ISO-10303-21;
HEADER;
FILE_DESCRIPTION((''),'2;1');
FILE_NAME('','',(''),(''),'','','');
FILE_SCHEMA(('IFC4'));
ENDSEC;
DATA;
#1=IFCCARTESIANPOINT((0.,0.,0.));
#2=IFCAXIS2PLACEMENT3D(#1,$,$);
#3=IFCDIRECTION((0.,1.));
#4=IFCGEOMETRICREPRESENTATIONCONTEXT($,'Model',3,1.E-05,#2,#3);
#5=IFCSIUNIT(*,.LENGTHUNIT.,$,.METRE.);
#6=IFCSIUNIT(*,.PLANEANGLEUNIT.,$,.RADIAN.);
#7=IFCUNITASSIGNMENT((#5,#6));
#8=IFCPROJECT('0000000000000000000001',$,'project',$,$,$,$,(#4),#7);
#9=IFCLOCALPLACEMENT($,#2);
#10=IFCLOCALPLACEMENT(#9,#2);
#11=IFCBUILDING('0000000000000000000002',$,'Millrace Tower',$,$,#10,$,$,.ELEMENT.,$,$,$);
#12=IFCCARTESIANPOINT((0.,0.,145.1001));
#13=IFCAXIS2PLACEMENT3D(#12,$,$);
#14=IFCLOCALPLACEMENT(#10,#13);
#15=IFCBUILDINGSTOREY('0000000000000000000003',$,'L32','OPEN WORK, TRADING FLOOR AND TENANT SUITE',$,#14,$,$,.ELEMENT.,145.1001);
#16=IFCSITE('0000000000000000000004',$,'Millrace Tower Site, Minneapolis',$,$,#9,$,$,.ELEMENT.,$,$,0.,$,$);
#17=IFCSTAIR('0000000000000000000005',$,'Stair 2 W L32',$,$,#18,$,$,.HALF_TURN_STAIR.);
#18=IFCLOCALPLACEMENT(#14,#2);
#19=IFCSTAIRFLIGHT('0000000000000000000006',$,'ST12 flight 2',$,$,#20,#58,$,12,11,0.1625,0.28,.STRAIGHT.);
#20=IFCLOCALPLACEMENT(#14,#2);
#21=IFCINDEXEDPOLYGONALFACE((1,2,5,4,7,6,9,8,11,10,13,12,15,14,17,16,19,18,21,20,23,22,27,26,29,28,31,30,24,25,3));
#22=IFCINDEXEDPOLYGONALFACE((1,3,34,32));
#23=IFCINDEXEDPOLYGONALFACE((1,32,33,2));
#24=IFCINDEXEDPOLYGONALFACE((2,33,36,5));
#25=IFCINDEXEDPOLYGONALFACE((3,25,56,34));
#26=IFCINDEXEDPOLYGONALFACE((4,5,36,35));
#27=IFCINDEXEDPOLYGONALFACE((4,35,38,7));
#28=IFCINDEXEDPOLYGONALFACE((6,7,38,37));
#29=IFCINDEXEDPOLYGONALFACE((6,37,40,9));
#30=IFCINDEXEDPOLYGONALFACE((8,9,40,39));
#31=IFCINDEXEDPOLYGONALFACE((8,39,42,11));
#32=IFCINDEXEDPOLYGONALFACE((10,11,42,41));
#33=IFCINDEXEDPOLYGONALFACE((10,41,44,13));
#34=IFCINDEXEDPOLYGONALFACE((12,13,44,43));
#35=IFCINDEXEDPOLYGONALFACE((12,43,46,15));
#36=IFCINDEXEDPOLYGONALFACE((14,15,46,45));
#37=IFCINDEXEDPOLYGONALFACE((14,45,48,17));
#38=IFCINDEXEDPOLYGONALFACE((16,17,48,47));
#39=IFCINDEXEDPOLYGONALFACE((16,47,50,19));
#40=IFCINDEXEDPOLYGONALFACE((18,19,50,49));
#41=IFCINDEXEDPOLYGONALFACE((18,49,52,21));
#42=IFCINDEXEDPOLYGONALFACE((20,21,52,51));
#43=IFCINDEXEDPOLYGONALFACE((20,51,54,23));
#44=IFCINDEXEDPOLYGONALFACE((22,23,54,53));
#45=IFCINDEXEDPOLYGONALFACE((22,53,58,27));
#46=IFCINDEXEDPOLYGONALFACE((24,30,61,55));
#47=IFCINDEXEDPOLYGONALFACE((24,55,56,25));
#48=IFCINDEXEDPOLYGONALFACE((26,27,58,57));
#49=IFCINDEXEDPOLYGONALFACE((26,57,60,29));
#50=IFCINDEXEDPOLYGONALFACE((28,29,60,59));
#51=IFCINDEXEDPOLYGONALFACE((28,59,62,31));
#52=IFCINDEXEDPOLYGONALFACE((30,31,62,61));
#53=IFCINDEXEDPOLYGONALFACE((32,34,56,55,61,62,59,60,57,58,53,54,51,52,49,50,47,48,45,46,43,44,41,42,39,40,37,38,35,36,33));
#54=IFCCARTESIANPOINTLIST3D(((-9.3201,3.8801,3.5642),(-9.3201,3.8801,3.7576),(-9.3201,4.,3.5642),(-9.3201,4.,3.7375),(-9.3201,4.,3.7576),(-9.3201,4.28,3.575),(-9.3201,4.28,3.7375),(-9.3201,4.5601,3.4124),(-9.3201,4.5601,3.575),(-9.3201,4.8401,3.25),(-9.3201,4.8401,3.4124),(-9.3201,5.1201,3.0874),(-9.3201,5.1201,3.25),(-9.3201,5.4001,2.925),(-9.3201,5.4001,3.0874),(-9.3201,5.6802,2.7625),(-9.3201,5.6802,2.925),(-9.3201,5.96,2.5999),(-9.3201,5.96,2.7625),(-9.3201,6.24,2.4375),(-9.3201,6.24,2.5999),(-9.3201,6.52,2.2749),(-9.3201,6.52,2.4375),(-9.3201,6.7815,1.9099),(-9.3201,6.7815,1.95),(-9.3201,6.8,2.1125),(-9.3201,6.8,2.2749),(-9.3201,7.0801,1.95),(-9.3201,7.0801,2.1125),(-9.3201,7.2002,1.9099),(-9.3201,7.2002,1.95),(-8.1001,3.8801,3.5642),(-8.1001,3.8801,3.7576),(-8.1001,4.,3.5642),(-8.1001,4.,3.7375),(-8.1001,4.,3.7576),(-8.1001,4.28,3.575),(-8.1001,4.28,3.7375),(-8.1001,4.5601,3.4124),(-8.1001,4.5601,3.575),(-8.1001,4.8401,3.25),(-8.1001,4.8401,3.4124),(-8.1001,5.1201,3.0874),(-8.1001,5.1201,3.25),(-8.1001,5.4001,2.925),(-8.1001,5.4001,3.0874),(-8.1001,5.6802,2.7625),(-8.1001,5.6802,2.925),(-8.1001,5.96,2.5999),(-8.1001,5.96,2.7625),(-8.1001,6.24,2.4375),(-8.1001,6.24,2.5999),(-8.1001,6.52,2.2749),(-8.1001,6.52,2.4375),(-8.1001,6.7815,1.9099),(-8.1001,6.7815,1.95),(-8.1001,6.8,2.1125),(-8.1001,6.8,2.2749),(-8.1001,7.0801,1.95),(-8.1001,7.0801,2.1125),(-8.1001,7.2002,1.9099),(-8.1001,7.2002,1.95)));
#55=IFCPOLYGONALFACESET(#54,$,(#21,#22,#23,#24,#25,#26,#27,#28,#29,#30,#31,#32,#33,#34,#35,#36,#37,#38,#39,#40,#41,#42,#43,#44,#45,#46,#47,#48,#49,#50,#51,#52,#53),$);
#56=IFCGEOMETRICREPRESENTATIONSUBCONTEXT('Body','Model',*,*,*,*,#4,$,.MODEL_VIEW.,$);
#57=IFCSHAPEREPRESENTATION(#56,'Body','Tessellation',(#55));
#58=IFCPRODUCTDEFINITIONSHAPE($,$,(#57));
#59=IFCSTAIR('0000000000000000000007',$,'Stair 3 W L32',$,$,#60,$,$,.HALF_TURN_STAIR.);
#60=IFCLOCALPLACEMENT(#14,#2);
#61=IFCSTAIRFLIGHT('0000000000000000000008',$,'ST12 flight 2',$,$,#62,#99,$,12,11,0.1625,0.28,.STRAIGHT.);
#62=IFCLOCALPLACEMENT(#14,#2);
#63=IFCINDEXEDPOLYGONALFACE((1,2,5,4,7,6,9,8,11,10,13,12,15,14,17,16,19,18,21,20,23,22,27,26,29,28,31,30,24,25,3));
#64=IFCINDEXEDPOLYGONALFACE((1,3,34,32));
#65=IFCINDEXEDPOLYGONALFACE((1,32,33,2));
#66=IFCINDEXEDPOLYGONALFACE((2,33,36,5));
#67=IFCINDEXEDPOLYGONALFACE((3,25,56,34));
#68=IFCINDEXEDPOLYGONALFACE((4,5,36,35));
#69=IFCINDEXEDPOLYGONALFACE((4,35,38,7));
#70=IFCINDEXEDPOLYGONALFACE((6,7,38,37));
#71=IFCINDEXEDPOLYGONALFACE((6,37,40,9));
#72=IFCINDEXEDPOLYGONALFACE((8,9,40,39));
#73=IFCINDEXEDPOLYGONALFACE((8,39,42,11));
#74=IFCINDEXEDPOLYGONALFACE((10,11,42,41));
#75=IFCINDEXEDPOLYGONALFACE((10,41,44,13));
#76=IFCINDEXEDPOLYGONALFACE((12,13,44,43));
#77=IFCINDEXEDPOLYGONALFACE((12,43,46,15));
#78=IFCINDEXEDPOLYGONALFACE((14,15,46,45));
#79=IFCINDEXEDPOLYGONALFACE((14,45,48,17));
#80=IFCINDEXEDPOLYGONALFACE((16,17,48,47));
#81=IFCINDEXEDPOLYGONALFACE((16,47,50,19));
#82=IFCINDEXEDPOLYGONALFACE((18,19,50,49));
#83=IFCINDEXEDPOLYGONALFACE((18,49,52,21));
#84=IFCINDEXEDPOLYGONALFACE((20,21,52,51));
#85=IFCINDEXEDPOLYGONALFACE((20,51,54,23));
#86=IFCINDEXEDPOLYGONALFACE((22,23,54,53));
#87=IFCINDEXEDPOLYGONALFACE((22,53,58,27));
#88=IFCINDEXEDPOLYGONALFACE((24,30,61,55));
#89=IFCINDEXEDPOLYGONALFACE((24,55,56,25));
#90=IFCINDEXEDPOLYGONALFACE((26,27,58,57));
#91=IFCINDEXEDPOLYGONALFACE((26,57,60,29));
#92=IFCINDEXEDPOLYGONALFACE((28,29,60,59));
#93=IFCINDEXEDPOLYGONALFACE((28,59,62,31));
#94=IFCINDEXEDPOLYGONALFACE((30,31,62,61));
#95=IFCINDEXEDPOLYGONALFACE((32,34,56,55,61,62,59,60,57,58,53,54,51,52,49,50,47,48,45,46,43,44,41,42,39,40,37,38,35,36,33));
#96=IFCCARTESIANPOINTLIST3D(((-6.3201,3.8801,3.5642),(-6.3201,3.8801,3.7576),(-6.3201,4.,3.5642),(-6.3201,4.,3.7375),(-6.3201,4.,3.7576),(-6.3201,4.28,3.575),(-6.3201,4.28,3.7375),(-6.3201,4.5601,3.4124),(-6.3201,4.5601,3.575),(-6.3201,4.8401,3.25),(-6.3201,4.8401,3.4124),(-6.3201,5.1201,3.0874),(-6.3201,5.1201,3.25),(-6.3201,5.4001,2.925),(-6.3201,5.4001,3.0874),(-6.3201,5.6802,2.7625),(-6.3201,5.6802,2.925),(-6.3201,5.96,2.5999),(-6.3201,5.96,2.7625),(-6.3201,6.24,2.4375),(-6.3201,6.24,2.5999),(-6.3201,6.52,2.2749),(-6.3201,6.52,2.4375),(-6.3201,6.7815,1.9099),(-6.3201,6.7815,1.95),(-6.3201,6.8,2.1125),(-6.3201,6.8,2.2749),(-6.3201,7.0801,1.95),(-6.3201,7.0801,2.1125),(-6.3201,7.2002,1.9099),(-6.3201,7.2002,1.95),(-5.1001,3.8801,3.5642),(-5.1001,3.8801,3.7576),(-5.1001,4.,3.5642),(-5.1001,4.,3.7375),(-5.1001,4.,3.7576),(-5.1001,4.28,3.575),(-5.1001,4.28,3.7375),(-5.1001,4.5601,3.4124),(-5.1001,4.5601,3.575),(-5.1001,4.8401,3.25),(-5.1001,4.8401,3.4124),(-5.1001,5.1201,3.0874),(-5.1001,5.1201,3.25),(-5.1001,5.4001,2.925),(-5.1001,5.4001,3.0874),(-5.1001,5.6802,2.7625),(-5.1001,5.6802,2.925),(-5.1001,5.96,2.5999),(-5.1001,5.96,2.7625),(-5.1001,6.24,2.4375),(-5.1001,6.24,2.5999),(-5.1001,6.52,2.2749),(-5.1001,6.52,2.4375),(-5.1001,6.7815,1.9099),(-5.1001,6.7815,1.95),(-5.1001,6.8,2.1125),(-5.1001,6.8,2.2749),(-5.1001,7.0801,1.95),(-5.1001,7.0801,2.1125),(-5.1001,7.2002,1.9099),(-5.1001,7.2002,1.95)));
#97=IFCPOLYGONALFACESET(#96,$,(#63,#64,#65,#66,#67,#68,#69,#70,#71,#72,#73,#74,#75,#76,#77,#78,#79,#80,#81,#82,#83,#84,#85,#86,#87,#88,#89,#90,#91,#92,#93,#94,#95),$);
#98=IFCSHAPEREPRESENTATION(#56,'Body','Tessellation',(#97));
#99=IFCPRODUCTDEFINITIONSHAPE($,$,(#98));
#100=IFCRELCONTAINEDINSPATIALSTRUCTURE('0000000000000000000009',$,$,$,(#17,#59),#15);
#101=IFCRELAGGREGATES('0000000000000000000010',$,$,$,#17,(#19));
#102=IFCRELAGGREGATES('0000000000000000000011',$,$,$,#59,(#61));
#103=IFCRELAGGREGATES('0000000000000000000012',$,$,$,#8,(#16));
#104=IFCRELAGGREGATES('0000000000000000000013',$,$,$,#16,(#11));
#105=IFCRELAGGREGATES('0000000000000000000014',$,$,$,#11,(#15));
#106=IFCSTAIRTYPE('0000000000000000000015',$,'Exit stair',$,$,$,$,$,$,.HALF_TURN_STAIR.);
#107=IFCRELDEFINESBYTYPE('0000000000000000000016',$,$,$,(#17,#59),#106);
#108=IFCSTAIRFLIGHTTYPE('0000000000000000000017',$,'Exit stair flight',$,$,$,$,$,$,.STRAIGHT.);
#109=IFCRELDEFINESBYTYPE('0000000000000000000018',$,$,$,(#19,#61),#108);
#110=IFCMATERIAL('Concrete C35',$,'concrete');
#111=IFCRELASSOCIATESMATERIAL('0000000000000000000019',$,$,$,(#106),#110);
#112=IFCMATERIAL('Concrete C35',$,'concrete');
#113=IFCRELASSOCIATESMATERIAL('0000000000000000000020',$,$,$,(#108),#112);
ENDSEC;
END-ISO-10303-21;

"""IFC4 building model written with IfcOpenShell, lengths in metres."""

from ifc_helpers import new_model, si_unit, direction, frame, origin, place, context, subcontext, project, spatial, polyline, outline, extrude, material, type_object, element, aggregate, save


model = new_model("IFC4")

# Units and contexts
model_context = context("Model", 3, precision=1e-05, world=origin(), true_north=direction((0.0, 1.0)))
body_context = subcontext(model_context, "Body", "Model", "MODEL_VIEW")
ifc_project = project(units=[si_unit("LENGTHUNIT", "METRE"), si_unit("PLANEANGLEUNIT", "RADIAN")], contexts=[model_context])

# Site, building, storey
site_placement = place(None, origin())
site = spatial("IfcSite", under=ifc_project, at=site_placement, Name="Millrace Tower Site, Minneapolis", CompositionType="ELEMENT", RefElevation=0.0)
building_placement = place(site_placement, origin())
building = spatial("IfcBuilding", under=site, at=building_placement, Name="Millrace Tower", CompositionType="ELEMENT")
storey_placement = place(building_placement, frame((0.0, 0.0, 145.1001)))
storey = spatial("IfcBuildingStorey", under=building, at=storey_placement, Name="L32", Description="OPEN WORK, TRADING FLOOR AND TENANT SUITE", CompositionType="ELEMENT", Elevation=145.1001)

# Shared definitions
placement = place(storey_placement, origin())

# Stairs, stair flights
ifc_material_1 = material(Name="Concrete C35", Category="concrete")
stair_type = type_object("IfcStairType", Name="Exit stair", PredefinedType="HALF_TURN_STAIR", material=ifc_material_1)
ifc_material_2 = material(Name="Concrete C35", Category="concrete")
stair_flight_type = type_object("IfcStairFlightType", Name="Exit stair flight", PredefinedType="STRAIGHT", material=ifc_material_2)
stair_1 = element("IfcStair", 1, at=placement, inside=storey, type_object=stair_type, Name="Stair 2 W L32", PredefinedType="HALF_TURN_STAIR")
stair_flight_1_placement = place(storey_placement, frame((-8.71, 7.0801, 1.95), z_axis=(0.0, 0.0, 1.0), x_axis=(0.0, -1.0, 0.0)))
stair_flight_1 = element("IfcStairFlight", 2, at=stair_flight_1_placement, type_object=stair_flight_type, Name="ST12 flight 2", NumberOfRisers=12, NumberOfTreads=11, PredefinedType="STRAIGHT", RiserHeight=0.1625, TreadLength=0.28, context=body_context, shape_type="SweptSolid", body=[
    extrude(outline(polyline([(-0.1201, -0.04), (-0.1201, 0.0), (0.0, 0.0), (0.0, 0.1626), (0.28, 0.1626), (0.28, 0.325), (0.5601, 0.325), (0.5601, 0.4875), (0.8401, 0.4875), (0.8401, 0.6499), (1.1201, 0.6499), (1.1201, 0.8125), (1.3999, 0.8125), (1.3999, 0.9751), (1.6799, 0.9751), (1.6799, 1.1375), (1.96, 1.1375), (1.96, 1.3), (2.24, 1.3), (2.24, 1.4624), (2.52, 1.4624), (2.52, 1.625), (2.8, 1.625), (2.8, 1.7876), (3.0801, 1.7876), (3.0801, 1.8076), (3.2, 1.8076), (3.2, 1.6143), (3.0801, 1.6143), (0.2986, 0.0), (0.2986, -0.04), (-0.1201, -0.04)])), frame((0.0, 0.6099, 0.0), z_axis=(0.0, -1.0, 0.0), x_axis=(1.0, 0.0, 0.0)), (0.0, 0.0, 1.0), 1.22),
])
aggregate(stair_1, [stair_flight_1])
stair_2 = element("IfcStair", 3, at=placement, inside=storey, type_object=stair_type, Name="Stair 3 W L32", PredefinedType="HALF_TURN_STAIR")
stair_flight_2_placement = place(storey_placement, frame((-5.71, 7.0801, 1.95), z_axis=(0.0, 0.0, 1.0), x_axis=(0.0, -1.0, 0.0)))
stair_flight_2 = element("IfcStairFlight", 4, at=stair_flight_2_placement, type_object=stair_flight_type, Name="ST12 flight 2", NumberOfRisers=12, NumberOfTreads=11, PredefinedType="STRAIGHT", RiserHeight=0.1625, TreadLength=0.28, context=body_context, shape_type="SweptSolid", body=[
    extrude(outline(polyline([(-0.1201, -0.04), (-0.1201, 0.0), (0.0, 0.0), (0.0, 0.1626), (0.28, 0.1626), (0.28, 0.325), (0.5601, 0.325), (0.5601, 0.4875), (0.8401, 0.4875), (0.8401, 0.6499), (1.1201, 0.6499), (1.1201, 0.8125), (1.3999, 0.8125), (1.3999, 0.9751), (1.6799, 0.9751), (1.6799, 1.1375), (1.96, 1.1375), (1.96, 1.3), (2.24, 1.3), (2.24, 1.4624), (2.52, 1.4624), (2.52, 1.625), (2.8, 1.625), (2.8, 1.7876), (3.0801, 1.7876), (3.0801, 1.8076), (3.2, 1.8076), (3.2, 1.6143), (3.0801, 1.6143), (0.2986, 0.0), (0.2986, -0.04), (-0.1201, -0.04)])), frame((0.0, 0.6099, 0.0), z_axis=(0.0, -1.0, 0.0), x_axis=(1.0, 0.0, 0.0)), (0.0, 0.0, 1.0), 1.22),
])
aggregate(stair_2, [stair_flight_2])

save(model, "model.ifc")
